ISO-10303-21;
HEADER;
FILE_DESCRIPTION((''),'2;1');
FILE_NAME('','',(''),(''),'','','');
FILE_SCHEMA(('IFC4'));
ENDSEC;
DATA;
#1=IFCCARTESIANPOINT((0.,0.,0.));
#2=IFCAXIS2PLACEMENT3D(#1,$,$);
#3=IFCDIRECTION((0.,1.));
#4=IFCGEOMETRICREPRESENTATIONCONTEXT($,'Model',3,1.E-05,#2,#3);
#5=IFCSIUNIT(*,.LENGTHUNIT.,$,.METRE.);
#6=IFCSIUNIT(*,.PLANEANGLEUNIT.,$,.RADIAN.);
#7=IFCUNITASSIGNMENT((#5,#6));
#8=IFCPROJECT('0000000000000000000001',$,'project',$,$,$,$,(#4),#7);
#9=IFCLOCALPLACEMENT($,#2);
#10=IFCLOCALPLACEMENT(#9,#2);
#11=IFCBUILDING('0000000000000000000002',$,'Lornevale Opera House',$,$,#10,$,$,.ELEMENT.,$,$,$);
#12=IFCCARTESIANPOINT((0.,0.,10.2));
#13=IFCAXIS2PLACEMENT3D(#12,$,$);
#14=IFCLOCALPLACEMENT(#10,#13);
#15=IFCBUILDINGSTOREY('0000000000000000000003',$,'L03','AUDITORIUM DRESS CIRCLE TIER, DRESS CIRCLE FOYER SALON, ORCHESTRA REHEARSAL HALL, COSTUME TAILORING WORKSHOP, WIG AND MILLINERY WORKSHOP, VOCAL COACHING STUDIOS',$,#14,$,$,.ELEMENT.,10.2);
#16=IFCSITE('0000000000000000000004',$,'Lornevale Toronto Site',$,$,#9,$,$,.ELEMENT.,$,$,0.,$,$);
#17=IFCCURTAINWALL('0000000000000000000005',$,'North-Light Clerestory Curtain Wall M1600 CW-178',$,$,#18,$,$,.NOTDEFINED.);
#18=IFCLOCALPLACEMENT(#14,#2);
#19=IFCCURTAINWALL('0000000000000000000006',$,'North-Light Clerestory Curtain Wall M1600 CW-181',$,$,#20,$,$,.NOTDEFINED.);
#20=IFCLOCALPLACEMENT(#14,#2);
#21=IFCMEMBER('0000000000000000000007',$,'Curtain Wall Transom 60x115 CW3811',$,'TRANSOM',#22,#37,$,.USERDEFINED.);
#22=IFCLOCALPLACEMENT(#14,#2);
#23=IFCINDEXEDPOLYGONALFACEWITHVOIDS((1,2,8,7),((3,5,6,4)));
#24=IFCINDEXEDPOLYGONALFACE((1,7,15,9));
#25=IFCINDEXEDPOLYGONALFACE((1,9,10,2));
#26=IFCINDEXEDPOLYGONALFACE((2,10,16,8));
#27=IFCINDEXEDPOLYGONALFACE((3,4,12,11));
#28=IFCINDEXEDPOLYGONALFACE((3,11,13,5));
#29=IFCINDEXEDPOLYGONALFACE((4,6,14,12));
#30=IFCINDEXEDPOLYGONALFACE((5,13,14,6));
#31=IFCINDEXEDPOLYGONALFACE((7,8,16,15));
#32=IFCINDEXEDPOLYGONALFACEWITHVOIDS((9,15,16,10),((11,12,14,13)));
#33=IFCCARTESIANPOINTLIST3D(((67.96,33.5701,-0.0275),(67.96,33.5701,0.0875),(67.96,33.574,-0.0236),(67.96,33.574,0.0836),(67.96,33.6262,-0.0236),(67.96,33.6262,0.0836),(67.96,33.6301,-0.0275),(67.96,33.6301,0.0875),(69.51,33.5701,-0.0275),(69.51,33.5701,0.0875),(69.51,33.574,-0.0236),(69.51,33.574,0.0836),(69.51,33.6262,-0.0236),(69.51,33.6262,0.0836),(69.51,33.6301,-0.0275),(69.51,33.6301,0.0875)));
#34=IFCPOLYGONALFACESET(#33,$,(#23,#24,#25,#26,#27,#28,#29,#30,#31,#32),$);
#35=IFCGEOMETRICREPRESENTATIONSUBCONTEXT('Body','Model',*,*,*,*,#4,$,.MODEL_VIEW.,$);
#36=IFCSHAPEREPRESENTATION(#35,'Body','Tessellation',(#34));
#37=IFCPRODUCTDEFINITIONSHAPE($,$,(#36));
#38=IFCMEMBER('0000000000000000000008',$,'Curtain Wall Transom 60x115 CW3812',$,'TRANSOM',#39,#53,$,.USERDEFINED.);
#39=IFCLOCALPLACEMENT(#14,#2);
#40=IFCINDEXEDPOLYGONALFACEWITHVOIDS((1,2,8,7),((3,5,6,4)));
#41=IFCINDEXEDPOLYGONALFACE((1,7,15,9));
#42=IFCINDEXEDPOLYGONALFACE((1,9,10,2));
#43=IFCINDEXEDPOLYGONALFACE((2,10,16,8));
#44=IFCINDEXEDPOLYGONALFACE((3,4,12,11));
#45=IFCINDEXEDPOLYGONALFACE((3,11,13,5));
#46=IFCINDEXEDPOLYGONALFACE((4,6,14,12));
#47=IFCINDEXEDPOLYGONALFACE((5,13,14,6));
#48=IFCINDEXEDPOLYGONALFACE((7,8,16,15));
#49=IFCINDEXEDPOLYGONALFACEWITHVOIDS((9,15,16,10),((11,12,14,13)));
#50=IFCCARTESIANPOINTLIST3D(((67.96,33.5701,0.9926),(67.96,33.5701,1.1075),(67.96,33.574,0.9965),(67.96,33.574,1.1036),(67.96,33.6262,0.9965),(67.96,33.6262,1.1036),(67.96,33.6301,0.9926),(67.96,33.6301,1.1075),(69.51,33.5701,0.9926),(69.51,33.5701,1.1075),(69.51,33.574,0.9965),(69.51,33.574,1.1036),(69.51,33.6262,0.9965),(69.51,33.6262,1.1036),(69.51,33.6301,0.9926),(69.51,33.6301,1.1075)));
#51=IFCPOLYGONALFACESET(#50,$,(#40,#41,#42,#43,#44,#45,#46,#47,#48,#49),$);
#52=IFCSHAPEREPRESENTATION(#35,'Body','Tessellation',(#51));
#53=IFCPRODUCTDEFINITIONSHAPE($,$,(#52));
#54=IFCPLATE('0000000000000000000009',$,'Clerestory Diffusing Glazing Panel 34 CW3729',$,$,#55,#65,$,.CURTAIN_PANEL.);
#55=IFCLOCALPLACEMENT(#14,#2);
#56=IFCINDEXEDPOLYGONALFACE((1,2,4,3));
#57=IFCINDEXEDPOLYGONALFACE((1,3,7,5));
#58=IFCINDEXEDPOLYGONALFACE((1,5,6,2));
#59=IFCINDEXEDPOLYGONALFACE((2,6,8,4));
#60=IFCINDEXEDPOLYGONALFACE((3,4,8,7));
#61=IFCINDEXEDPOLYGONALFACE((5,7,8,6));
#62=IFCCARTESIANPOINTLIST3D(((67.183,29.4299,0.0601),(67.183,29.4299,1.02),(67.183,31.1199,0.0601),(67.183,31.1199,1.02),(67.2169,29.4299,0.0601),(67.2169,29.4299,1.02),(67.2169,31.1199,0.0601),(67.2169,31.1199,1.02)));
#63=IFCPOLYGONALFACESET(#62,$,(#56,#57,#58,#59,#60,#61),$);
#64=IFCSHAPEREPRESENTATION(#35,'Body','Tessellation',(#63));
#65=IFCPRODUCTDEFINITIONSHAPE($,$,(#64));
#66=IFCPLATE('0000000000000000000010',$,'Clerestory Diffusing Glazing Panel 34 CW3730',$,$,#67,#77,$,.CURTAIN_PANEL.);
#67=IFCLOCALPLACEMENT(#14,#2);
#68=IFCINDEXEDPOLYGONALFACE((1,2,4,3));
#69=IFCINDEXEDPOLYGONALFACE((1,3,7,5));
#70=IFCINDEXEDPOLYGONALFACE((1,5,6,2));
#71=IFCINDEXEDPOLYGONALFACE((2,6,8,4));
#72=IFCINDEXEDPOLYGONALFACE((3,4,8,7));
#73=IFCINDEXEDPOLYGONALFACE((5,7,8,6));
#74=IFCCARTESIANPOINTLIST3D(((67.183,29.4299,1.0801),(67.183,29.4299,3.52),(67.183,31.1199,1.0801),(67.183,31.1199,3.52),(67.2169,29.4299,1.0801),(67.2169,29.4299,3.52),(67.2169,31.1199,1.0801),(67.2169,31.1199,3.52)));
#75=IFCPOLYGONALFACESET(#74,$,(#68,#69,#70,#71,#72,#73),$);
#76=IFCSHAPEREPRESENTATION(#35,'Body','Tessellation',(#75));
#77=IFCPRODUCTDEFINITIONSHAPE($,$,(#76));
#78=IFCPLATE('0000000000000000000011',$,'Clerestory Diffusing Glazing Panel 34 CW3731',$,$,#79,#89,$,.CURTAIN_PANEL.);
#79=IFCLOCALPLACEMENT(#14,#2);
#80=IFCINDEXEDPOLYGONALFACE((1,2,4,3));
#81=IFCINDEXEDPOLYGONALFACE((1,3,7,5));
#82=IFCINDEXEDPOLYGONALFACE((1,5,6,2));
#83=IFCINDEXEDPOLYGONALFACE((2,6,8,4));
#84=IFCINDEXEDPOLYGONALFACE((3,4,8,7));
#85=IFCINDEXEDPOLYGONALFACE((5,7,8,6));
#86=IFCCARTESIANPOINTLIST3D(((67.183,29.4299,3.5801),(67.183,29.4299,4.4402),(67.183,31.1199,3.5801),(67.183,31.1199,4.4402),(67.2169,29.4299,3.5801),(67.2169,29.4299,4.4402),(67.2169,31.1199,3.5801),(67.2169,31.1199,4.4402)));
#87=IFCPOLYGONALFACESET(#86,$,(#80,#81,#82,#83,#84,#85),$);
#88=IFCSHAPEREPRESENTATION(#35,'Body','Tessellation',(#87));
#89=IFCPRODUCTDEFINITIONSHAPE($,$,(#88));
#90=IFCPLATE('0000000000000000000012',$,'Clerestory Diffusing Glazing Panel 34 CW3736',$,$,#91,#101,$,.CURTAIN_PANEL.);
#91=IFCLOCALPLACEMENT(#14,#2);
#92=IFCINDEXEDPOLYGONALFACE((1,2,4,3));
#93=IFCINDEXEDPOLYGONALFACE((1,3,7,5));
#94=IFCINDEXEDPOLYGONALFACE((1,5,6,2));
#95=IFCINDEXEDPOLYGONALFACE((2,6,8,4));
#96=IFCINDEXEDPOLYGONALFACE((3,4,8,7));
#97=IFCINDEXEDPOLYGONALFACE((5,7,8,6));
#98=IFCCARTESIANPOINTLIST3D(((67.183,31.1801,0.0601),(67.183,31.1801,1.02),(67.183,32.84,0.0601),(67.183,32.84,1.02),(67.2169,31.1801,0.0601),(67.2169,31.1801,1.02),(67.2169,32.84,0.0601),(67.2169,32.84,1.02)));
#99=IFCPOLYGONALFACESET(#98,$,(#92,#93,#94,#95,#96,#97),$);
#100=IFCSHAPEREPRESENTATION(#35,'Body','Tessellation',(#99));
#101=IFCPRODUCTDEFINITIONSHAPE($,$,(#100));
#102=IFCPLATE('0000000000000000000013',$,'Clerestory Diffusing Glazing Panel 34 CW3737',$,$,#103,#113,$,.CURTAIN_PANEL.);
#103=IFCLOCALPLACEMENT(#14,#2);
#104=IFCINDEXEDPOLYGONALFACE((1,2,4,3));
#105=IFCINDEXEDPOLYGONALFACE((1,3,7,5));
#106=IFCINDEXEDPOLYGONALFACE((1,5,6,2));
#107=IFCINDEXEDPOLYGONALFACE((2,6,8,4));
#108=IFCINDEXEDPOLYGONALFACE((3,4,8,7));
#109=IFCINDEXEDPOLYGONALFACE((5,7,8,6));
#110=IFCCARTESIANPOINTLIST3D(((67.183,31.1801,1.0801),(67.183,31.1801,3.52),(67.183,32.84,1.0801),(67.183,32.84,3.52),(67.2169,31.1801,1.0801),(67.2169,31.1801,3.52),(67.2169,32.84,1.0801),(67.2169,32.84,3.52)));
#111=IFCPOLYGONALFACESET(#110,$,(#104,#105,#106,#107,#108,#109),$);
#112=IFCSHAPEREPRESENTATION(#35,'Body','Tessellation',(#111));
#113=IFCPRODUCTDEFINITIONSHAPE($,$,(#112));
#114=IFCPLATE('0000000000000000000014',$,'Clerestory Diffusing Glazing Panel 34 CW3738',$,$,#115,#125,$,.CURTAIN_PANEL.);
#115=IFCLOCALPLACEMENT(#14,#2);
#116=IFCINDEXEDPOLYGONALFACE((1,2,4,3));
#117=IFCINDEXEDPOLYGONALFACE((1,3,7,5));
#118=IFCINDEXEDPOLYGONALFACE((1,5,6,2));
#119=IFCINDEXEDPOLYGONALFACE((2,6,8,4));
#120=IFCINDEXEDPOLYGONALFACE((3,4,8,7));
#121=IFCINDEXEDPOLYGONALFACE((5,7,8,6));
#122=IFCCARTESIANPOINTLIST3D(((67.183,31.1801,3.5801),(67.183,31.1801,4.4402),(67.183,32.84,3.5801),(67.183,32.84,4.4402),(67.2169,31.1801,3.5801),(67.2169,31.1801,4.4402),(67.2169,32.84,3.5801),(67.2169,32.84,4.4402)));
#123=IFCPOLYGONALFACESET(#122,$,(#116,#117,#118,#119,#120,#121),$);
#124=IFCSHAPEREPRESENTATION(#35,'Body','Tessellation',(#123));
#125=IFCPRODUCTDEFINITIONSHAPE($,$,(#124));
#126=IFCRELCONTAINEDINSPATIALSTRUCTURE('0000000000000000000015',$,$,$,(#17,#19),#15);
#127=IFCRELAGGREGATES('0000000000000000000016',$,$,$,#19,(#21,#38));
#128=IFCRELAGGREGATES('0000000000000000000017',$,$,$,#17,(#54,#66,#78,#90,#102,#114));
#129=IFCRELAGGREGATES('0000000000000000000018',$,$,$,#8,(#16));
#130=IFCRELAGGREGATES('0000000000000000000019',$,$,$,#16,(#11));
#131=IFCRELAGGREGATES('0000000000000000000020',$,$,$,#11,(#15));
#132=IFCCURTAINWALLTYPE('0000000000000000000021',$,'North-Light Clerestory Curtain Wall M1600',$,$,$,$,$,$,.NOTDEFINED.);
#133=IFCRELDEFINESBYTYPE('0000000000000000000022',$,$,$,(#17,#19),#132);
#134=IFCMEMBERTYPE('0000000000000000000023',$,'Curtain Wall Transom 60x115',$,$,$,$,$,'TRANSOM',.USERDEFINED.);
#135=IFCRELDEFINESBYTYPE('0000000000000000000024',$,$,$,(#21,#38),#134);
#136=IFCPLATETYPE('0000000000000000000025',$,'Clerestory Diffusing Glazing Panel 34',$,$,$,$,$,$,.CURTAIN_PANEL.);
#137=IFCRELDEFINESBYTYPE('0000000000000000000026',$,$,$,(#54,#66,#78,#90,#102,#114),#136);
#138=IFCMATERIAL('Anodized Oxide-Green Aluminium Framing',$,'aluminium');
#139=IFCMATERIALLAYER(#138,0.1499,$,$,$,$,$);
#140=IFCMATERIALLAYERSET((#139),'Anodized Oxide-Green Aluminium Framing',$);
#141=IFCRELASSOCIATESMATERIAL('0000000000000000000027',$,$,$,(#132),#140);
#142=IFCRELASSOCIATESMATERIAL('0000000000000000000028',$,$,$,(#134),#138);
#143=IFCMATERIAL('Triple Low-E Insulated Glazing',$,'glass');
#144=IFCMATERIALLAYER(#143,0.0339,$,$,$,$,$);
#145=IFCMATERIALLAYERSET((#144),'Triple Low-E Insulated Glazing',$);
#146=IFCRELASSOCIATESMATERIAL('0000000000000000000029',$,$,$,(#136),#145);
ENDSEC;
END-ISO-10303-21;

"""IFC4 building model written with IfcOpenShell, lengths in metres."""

from ifc_helpers import new_model, si_unit, direction, frame, origin, origin_2d, place, context, subcontext, project, spatial, rectangle, hollow_rectangle, extrude, material, layer, layer_set, material_profile, profile_set, type_object, element, aggregate, save


model = new_model("IFC4")

# Units and contexts
model_context = context("Model", 3, precision=1e-05, world=origin(), true_north=direction((0.0, 1.0)))
body_context = subcontext(model_context, "Body", "Model", "MODEL_VIEW")
ifc_project = project(units=[si_unit("LENGTHUNIT", "METRE"), si_unit("PLANEANGLEUNIT", "RADIAN")], contexts=[model_context])

# Site, building, storey
site_placement = place(None, origin())
site = spatial("IfcSite", under=ifc_project, at=site_placement, Name="Lornevale Toronto Site", CompositionType="ELEMENT", RefElevation=0.0)
building_placement = place(site_placement, origin())
building = spatial("IfcBuilding", under=site, at=building_placement, Name="Lornevale Opera House", CompositionType="ELEMENT")
storey_placement = place(building_placement, frame((0.0, 0.0, 10.2)))
storey = spatial("IfcBuildingStorey", under=building, at=storey_placement, Name="L03", Description="AUDITORIUM DRESS CIRCLE TIER, DRESS CIRCLE FOYER SALON, ORCHESTRA REHEARSAL HALL, COSTUME TAILORING WORKSHOP, WIG AND MILLINERY WORKSHOP, VOCAL COACHING STUDIOS", CompositionType="ELEMENT", Elevation=10.2)

# Curtain wall
ifc_material_1 = material(Name="Anodized Oxide-Green Aluminium Framing", Category="aluminium")
ifc_layer_1 = layer(ifc_material_1, 0.1499)
ifc_layer_set_1 = layer_set([ifc_layer_1], Name="Anodized Oxide-Green Aluminium Framing")
curtain_wall_type = type_object("IfcCurtainWallType", Name="North-Light Clerestory Curtain Wall M1600", PredefinedType="NOTDEFINED", material=ifc_layer_set_1)
curtain_wall_1_placement = place(storey_placement, origin())
curtain_wall_1 = element("IfcCurtainWall", 1, at=curtain_wall_1_placement, inside=storey, type_object=curtain_wall_type, Name="North-Light Clerestory Curtain Wall M1600 CW-178", PredefinedType="NOTDEFINED")

# Curtain wall
curtain_wall_2_placement = place(storey_placement, origin())
curtain_wall_2 = element("IfcCurtainWall", 2, at=curtain_wall_2_placement, inside=storey, type_object=curtain_wall_type, Name="North-Light Clerestory Curtain Wall M1600 CW-181", PredefinedType="NOTDEFINED")

# Members
ifc_material_profile_1 = material_profile(ifc_material_1, hollow_rectangle(XDim=0.0601, YDim=0.115, WallThickness=0.0039, at=origin_2d()), Name="ALU60x115x4")
ifc_profile_set_1 = profile_set([ifc_material_profile_1], Name="Anodized Oxide-Green Aluminium Framing")
member_type_1 = type_object("IfcMemberType", Name="Curtain Wall Transom 60x115", ElementType="TRANSOM", PredefinedType="USERDEFINED", material=ifc_profile_set_1)
member_1_placement = place(storey_placement, frame((67.96, 33.6001, 0.03), z_axis=(1.0, 0.0, 0.0), x_axis=(0.0, 1.0, 0.0)))
member_1 = element("IfcMember", 3, at=member_1_placement, type_object=member_type_1, Name="Curtain Wall Transom 60x115 CW3811", ObjectType="TRANSOM", PredefinedType="USERDEFINED", context=body_context, shape_type="SweptSolid", body=[
    extrude(hollow_rectangle(XDim=0.0601, YDim=0.115, WallThickness=0.0039, at=origin_2d()), origin(), (0.0, 0.0, 1.0), 1.55),
])
member_2_placement = place(storey_placement, frame((67.96, 33.6001, 1.05), z_axis=(1.0, 0.0, 0.0), x_axis=(0.0, 1.0, 0.0)))
member_2 = element("IfcMember", 4, at=member_2_placement, type_object=member_type_1, Name="Curtain Wall Transom 60x115 CW3812", ObjectType="TRANSOM", PredefinedType="USERDEFINED", context=body_context, shape_type="SweptSolid", body=[
    extrude(hollow_rectangle(XDim=0.0601, YDim=0.115, WallThickness=0.0039, at=origin_2d()), origin(), (0.0, 0.0, 1.0), 1.55),
])
aggregate(curtain_wall_2, [member_1, member_2])

# Plates
ifc_material_2 = material(Name="Triple Low-E Insulated Glazing", Category="glass")
ifc_layer_2 = layer(ifc_material_2, 0.0339)
ifc_layer_set_2 = layer_set([ifc_layer_2], Name="Triple Low-E Insulated Glazing")
plate_type = type_object("IfcPlateType", Name="Clerestory Diffusing Glazing Panel 34", PredefinedType="CURTAIN_PANEL", material=ifc_layer_set_2)
plate_1_placement = place(storey_placement, frame((67.2, 30.2749, 0.0601), z_axis=(0.0, 0.0, 1.0), x_axis=(0.0, 1.0, 0.0)))
plate_1 = element("IfcPlate", 5, at=plate_1_placement, type_object=plate_type, Name="Clerestory Diffusing Glazing Panel 34 CW3729", PredefinedType="CURTAIN_PANEL", context=body_context, shape_type="SweptSolid", body=[
    extrude(rectangle(XDim=1.6899, YDim=0.0339, at=origin_2d()), origin(), (0.0, 0.0, 1.0), 0.96),
])
plate_2_placement = place(storey_placement, frame((67.2, 30.2749, 1.0801), z_axis=(0.0, 0.0, 1.0), x_axis=(0.0, 1.0, 0.0)))
plate_2 = element("IfcPlate", 6, at=plate_2_placement, type_object=plate_type, Name="Clerestory Diffusing Glazing Panel 34 CW3730", PredefinedType="CURTAIN_PANEL", context=body_context, shape_type="SweptSolid", body=[
    extrude(rectangle(XDim=1.6899, YDim=0.0339, at=origin_2d()), origin(), (0.0, 0.0, 1.0), 2.4399),
])
plate_3_placement = place(storey_placement, frame((67.2, 30.2749, 3.5801), z_axis=(0.0, 0.0, 1.0), x_axis=(0.0, 1.0, 0.0)))
plate_3 = element("IfcPlate", 7, at=plate_3_placement, type_object=plate_type, Name="Clerestory Diffusing Glazing Panel 34 CW3731", PredefinedType="CURTAIN_PANEL", context=body_context, shape_type="SweptSolid", body=[
    extrude(rectangle(XDim=1.6899, YDim=0.0339, at=origin_2d()), origin(), (0.0, 0.0, 1.0), 0.8601),
])
plate_4_placement = place(storey_placement, frame((67.2, 32.01, 0.0601), z_axis=(0.0, 0.0, 1.0), x_axis=(0.0, 1.0, 0.0)))
plate_4 = element("IfcPlate", 8, at=plate_4_placement, type_object=plate_type, Name="Clerestory Diffusing Glazing Panel 34 CW3736", PredefinedType="CURTAIN_PANEL", context=body_context, shape_type="SweptSolid", body=[
    extrude(rectangle(XDim=1.6599, YDim=0.0339, at=origin_2d()), origin(), (0.0, 0.0, 1.0), 0.96),
])
plate_5_placement = place(storey_placement, frame((67.2, 32.01, 1.0801), z_axis=(0.0, 0.0, 1.0), x_axis=(0.0, 1.0, 0.0)))
plate_5 = element("IfcPlate", 9, at=plate_5_placement, type_object=plate_type, Name="Clerestory Diffusing Glazing Panel 34 CW3737", PredefinedType="CURTAIN_PANEL", context=body_context, shape_type="SweptSolid", body=[
    extrude(rectangle(XDim=1.6599, YDim=0.0339, at=origin_2d()), origin(), (0.0, 0.0, 1.0), 2.4399),
])
plate_6_placement = place(storey_placement, frame((67.2, 32.01, 3.5801), z_axis=(0.0, 0.0, 1.0), x_axis=(0.0, 1.0, 0.0)))
plate_6 = element("IfcPlate", 10, at=plate_6_placement, type_object=plate_type, Name="Clerestory Diffusing Glazing Panel 34 CW3738", PredefinedType="CURTAIN_PANEL", context=body_context, shape_type="SweptSolid", body=[
    extrude(rectangle(XDim=1.6599, YDim=0.0339, at=origin_2d()), origin(), (0.0, 0.0, 1.0), 0.8601),
])
aggregate(curtain_wall_1, [plate_1, plate_2, plate_3, plate_4, plate_5, plate_6])

save(model, "model.ifc")
